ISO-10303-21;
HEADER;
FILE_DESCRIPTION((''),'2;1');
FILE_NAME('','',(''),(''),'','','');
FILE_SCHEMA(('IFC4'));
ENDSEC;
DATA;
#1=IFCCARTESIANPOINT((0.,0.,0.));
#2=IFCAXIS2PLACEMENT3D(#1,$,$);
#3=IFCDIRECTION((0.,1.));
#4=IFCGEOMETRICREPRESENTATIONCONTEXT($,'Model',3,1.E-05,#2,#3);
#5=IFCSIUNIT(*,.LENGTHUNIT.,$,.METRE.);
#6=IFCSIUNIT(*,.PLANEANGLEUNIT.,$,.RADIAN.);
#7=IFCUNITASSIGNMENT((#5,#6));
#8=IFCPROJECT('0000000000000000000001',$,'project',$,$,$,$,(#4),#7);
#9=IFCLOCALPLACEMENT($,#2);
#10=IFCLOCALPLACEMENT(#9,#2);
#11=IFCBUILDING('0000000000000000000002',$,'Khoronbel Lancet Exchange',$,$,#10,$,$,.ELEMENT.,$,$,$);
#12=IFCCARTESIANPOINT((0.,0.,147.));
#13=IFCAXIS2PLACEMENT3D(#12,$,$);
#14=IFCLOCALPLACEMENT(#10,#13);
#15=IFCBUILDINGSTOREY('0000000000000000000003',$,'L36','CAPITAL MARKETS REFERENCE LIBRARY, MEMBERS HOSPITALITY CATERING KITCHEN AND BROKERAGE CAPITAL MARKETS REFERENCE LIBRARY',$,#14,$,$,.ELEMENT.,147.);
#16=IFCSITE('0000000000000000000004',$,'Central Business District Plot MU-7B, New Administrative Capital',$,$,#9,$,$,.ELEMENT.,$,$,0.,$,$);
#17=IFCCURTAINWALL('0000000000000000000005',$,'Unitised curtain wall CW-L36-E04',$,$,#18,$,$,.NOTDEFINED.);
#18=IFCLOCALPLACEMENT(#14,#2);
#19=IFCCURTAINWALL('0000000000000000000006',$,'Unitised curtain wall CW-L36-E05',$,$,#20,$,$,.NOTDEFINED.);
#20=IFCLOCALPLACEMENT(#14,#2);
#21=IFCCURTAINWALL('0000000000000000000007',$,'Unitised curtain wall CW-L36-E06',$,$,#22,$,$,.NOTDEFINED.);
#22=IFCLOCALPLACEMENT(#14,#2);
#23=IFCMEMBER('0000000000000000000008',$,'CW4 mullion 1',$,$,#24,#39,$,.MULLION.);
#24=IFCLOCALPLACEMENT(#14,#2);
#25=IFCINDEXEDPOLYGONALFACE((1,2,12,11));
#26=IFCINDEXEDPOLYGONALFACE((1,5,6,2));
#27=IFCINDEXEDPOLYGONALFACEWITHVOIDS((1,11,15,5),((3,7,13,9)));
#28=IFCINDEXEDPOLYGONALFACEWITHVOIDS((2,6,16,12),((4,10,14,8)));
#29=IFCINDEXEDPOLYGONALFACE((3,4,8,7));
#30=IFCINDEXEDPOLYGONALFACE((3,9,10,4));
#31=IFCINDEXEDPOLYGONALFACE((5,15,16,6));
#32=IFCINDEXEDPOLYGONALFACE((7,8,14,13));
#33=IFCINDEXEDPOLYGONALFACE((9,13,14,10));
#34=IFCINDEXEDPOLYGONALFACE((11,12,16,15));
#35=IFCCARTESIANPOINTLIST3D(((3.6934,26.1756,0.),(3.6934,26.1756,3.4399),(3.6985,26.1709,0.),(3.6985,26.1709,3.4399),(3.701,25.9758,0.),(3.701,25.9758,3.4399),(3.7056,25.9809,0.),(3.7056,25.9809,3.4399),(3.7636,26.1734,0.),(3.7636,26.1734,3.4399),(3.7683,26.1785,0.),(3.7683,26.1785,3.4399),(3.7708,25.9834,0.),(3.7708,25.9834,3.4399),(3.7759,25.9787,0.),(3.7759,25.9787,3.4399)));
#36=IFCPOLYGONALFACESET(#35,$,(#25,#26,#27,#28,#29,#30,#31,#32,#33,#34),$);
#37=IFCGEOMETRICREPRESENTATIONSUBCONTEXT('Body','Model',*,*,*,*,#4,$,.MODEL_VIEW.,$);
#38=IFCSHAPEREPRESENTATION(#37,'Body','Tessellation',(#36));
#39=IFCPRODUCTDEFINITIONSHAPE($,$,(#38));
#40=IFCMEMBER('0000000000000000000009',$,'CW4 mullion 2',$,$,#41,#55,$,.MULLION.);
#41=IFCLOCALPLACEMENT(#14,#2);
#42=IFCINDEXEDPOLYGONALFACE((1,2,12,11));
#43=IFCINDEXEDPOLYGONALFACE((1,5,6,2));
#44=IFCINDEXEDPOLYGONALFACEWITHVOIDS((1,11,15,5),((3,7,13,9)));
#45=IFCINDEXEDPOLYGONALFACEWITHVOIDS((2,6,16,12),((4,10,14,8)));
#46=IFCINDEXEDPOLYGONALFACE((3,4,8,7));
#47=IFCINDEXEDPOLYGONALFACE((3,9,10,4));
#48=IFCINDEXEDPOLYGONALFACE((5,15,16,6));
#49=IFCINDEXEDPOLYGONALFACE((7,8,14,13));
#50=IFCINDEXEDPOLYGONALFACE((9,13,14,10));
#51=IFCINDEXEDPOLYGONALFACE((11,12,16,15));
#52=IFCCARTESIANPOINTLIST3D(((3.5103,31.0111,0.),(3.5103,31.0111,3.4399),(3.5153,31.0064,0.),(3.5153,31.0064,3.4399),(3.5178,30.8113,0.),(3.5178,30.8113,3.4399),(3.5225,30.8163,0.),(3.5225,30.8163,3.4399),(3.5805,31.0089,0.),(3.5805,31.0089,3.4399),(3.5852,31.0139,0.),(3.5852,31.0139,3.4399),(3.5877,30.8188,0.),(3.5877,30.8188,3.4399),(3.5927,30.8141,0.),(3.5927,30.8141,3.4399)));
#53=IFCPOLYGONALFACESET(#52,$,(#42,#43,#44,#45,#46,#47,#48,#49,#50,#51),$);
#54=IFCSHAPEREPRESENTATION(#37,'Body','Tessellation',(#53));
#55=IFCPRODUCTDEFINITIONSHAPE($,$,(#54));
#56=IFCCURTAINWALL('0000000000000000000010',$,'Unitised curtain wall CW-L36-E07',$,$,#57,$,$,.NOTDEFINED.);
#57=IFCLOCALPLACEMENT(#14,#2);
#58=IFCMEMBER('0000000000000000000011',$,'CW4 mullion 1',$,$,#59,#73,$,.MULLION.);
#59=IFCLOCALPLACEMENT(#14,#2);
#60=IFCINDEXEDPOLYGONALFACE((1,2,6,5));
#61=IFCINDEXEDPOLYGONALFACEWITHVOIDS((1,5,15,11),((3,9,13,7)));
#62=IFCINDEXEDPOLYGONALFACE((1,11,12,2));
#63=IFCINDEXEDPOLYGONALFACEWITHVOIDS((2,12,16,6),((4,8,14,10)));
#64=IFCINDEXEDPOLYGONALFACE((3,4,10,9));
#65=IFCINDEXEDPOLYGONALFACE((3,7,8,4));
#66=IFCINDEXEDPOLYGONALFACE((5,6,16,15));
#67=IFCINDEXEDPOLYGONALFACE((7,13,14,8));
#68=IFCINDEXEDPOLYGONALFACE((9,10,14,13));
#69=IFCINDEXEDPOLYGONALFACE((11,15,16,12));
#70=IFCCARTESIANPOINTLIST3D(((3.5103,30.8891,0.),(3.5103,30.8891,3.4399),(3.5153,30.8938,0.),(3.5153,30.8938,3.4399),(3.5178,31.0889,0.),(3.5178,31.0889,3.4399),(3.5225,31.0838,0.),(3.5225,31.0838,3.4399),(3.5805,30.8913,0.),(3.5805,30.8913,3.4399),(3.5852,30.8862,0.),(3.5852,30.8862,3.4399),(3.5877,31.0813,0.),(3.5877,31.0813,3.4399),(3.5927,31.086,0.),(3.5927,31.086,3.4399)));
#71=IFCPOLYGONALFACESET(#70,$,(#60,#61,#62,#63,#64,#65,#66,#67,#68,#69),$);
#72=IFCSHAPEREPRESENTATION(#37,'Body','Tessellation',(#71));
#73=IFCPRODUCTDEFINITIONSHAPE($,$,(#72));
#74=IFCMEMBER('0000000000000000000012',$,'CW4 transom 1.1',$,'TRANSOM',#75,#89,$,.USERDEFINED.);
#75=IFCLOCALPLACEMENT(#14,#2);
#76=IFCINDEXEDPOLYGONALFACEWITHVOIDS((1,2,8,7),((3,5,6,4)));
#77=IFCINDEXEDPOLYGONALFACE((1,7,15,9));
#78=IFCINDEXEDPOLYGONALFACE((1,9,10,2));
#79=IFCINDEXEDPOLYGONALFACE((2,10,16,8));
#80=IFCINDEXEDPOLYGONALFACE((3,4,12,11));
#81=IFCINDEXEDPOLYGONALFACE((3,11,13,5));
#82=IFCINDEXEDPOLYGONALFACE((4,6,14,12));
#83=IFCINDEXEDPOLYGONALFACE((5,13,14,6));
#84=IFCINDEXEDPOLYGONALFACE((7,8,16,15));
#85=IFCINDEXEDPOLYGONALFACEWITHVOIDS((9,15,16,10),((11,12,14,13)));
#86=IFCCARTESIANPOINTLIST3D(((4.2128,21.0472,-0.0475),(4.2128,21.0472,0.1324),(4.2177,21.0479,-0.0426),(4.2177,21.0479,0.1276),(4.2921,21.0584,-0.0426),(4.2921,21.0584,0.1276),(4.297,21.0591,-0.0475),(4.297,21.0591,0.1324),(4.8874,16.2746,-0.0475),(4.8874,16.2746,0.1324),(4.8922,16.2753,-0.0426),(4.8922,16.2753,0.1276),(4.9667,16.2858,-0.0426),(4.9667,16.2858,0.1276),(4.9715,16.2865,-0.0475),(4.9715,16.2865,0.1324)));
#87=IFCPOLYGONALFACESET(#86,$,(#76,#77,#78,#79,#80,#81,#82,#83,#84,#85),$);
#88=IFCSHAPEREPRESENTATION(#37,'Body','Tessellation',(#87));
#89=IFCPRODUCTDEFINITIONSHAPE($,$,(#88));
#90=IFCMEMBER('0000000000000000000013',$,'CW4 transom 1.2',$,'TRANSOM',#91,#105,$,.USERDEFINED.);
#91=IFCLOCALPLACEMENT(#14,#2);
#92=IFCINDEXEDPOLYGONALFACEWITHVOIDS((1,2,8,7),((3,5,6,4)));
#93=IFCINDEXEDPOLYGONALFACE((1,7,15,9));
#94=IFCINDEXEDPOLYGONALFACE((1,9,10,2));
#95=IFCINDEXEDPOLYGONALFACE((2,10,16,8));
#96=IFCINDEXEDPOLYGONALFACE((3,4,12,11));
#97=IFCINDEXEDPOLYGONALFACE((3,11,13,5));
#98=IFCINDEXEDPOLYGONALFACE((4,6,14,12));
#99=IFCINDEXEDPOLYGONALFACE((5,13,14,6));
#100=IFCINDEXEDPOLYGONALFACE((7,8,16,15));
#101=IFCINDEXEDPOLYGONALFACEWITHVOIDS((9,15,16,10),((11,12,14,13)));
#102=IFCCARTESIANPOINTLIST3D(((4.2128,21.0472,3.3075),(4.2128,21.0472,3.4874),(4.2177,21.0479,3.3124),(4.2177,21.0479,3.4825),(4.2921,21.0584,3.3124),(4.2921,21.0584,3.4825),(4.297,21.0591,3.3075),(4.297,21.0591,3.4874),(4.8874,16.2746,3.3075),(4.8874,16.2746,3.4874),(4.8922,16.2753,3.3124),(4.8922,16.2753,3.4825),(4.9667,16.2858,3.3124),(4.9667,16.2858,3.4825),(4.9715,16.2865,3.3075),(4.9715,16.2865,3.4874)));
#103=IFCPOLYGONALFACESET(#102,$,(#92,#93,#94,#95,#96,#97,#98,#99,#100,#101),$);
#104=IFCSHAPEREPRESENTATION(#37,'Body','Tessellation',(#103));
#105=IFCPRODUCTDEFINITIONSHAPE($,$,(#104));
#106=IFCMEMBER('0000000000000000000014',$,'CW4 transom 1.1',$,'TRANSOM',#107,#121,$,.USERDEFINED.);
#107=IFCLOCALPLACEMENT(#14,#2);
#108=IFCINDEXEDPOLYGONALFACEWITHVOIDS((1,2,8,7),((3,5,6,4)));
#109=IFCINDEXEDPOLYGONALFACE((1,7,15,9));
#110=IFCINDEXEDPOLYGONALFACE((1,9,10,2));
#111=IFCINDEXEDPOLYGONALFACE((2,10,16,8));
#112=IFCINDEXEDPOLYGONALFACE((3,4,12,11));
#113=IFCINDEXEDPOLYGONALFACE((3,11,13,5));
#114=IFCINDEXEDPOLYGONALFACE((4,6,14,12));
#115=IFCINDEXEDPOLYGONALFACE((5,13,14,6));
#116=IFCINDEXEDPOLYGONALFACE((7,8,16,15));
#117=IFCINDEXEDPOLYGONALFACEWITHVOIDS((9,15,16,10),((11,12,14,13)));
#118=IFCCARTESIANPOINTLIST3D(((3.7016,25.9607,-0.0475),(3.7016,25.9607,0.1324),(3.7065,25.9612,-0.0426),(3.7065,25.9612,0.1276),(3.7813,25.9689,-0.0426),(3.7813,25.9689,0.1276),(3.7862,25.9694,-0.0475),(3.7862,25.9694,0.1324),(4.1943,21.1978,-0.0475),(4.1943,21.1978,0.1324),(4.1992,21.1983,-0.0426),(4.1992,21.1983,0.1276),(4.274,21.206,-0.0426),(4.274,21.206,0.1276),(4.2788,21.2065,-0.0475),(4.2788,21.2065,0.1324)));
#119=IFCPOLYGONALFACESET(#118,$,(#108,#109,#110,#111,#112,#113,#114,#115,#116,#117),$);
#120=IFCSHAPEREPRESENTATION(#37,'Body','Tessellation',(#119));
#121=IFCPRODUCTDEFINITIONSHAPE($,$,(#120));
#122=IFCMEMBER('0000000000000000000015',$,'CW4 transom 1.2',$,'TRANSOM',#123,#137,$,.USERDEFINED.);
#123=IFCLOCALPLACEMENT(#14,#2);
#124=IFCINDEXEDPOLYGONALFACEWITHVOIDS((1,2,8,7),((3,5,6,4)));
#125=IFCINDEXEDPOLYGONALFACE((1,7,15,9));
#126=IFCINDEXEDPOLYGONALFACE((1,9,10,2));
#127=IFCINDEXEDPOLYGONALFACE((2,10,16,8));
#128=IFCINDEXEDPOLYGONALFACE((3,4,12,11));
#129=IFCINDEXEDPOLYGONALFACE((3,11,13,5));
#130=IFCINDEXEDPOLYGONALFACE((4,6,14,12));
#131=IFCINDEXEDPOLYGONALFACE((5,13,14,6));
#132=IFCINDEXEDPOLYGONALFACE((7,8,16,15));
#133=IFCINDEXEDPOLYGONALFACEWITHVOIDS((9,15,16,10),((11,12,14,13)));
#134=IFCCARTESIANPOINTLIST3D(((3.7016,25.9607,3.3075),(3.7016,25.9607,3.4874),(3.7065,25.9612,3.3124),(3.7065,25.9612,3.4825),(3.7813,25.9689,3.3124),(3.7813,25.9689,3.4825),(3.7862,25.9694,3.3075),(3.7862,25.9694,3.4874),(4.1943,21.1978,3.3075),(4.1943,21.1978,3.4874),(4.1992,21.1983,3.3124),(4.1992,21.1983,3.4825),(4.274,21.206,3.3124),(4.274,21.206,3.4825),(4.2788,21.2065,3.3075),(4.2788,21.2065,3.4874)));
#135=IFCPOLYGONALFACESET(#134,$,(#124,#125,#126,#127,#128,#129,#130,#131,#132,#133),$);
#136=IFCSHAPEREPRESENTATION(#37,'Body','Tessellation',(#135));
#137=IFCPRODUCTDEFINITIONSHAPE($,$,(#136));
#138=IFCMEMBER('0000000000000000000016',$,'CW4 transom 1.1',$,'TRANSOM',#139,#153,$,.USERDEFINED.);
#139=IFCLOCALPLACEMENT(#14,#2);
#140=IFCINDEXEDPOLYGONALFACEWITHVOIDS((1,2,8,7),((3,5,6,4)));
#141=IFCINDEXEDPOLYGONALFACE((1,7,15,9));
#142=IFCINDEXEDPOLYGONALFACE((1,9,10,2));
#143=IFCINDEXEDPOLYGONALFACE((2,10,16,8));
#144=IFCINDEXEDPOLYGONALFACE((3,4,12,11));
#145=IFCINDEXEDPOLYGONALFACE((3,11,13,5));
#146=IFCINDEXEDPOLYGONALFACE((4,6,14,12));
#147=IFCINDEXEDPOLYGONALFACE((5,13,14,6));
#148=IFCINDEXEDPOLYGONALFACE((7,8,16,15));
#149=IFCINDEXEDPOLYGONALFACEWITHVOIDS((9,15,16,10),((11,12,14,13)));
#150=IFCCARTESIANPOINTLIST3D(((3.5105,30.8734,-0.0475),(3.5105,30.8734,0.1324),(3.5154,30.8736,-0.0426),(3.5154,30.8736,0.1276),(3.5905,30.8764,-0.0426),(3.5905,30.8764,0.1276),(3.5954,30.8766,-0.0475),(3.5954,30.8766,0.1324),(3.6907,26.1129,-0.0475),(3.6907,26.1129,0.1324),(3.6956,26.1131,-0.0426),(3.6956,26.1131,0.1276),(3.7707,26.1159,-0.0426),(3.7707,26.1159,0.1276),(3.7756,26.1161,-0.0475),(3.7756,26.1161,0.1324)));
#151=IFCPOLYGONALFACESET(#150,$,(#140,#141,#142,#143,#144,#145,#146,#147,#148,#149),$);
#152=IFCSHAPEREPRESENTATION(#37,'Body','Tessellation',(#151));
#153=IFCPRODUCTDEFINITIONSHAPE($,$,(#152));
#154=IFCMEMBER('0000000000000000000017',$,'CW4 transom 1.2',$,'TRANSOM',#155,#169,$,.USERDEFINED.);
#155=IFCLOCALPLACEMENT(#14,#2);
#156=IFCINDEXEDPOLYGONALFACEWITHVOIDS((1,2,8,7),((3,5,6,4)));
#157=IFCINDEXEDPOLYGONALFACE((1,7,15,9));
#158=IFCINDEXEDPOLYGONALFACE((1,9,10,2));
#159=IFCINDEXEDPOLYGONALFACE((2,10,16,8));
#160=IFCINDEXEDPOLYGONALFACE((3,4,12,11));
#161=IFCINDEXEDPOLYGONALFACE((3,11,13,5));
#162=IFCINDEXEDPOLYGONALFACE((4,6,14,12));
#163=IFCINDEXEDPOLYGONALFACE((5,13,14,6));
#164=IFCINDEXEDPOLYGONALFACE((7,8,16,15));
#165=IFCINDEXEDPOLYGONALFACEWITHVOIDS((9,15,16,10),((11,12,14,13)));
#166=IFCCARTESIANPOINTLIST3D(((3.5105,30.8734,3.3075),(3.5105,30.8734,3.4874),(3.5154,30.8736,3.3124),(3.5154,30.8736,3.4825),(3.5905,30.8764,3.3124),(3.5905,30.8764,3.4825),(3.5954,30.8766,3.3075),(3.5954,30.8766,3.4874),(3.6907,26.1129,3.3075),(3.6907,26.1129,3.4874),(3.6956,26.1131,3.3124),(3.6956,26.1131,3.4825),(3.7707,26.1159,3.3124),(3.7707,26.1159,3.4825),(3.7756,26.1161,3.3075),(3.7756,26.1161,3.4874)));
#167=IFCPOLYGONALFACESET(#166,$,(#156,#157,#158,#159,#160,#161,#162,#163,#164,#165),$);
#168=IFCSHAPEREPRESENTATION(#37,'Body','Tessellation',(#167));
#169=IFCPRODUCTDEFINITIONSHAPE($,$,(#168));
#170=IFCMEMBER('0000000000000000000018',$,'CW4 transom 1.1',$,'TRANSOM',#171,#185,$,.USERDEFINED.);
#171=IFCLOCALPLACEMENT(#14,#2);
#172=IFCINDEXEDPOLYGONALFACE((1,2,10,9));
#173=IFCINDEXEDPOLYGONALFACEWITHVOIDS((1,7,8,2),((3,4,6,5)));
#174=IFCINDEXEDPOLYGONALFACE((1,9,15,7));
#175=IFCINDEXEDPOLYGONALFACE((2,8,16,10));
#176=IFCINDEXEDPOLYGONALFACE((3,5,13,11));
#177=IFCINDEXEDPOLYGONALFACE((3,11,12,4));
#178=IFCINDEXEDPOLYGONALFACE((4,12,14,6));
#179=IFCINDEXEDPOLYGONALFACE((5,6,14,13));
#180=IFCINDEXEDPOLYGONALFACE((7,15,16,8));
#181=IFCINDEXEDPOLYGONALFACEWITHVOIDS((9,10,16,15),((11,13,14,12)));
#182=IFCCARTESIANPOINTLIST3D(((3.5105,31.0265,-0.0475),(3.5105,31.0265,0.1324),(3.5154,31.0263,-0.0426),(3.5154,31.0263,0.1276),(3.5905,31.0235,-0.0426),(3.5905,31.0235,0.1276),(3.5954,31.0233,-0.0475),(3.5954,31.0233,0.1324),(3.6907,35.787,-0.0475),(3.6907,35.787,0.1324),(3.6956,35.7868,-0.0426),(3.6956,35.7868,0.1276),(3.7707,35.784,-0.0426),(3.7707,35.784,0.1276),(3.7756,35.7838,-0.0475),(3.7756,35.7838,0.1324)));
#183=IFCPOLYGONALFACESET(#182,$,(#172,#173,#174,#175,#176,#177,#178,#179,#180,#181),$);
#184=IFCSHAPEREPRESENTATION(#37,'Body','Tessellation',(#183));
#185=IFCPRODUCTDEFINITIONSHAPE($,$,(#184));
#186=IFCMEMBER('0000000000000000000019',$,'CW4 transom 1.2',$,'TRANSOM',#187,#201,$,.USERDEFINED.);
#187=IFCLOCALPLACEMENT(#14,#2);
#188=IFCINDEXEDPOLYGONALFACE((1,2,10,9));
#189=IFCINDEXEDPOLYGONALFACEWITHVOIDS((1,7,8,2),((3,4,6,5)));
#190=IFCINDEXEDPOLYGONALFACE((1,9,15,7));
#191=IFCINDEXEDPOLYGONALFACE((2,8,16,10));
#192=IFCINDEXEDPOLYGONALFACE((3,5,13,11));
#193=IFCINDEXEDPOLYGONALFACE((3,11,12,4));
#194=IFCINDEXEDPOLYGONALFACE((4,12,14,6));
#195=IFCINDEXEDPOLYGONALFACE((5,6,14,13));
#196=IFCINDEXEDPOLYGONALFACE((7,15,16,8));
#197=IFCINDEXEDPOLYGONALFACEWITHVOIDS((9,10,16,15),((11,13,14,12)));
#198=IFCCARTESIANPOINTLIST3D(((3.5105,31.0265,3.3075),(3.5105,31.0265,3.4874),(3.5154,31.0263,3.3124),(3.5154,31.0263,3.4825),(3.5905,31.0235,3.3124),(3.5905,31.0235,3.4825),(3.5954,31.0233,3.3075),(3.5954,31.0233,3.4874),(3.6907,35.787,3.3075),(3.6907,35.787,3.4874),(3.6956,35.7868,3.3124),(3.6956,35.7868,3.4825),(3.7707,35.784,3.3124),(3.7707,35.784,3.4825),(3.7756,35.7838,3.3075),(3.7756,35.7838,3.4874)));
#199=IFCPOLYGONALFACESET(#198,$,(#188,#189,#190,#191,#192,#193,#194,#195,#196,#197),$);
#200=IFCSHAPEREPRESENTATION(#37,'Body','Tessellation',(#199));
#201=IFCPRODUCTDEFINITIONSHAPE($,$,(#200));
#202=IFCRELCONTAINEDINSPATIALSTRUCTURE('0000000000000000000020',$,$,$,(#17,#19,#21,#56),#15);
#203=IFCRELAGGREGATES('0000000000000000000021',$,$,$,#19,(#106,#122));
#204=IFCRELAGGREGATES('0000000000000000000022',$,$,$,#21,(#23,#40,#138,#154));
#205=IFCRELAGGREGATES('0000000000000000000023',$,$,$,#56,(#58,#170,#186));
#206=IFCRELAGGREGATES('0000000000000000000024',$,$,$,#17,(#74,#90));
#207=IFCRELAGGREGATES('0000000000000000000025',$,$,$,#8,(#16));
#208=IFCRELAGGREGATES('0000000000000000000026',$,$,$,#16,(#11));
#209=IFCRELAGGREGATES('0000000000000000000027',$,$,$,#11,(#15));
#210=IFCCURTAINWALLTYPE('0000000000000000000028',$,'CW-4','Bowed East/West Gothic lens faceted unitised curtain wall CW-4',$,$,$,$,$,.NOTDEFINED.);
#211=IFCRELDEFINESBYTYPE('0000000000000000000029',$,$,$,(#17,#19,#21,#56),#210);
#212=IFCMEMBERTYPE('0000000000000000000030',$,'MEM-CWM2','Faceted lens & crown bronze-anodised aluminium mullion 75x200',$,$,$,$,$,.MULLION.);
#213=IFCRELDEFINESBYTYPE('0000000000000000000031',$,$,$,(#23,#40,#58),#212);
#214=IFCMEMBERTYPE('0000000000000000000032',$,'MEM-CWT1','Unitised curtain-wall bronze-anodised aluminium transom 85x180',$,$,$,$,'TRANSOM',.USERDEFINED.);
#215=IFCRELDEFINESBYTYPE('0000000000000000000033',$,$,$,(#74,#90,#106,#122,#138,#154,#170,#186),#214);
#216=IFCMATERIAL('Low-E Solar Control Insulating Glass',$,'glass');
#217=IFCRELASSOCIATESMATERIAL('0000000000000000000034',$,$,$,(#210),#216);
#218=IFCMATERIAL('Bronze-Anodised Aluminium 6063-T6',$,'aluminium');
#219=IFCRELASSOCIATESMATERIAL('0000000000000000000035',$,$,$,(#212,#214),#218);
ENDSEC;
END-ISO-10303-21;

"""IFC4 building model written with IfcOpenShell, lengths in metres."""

from ifc_helpers import new_model, si_unit, direction, frame, origin, origin_2d, place, context, subcontext, project, spatial, hollow_rectangle, extrude, material, material_profile, profile_set, type_object, element, aggregate, save


model = new_model("IFC4")

# Units and contexts
model_context = context("Model", 3, precision=1e-05, world=origin(), true_north=direction((0.0, 1.0)))
body_context = subcontext(model_context, "Body", "Model", "MODEL_VIEW")
ifc_project = project(units=[si_unit("LENGTHUNIT", "METRE"), si_unit("PLANEANGLEUNIT", "RADIAN")], contexts=[model_context])

# Site, building, storey
site_placement = place(None, origin())
site = spatial("IfcSite", under=ifc_project, at=site_placement, Name="Central Business District Plot MU-7B, New Administrative Capital", CompositionType="ELEMENT", RefElevation=0.0)
building_placement = place(site_placement, origin())
building = spatial("IfcBuilding", under=site, at=building_placement, Name="Khoronbel Lancet Exchange", CompositionType="ELEMENT")
storey_placement = place(building_placement, frame((0.0, 0.0, 147.0)))
storey = spatial("IfcBuildingStorey", under=building, at=storey_placement, Name="L36", Description="CAPITAL MARKETS REFERENCE LIBRARY, MEMBERS HOSPITALITY CATERING KITCHEN AND BROKERAGE CAPITAL MARKETS REFERENCE LIBRARY", CompositionType="ELEMENT", Elevation=147.0)

# Curtain walls, members
ifc_material_1 = material(Name="Low-E Solar Control Insulating Glass", Category="glass")
curtain_wall_type = type_object("IfcCurtainWallType", Name="CW-4", Description="Bowed East/West Gothic lens faceted unitised curtain wall CW-4", PredefinedType="NOTDEFINED", material=ifc_material_1)
curtain_wall_1_placement = place(storey_placement, origin())
curtain_wall_1 = element("IfcCurtainWall", 1, at=curtain_wall_1_placement, inside=storey, type_object=curtain_wall_type, Name="Unitised curtain wall CW-L36-E04", PredefinedType="NOTDEFINED")
ifc_material_2 = material(Name="Bronze-Anodised Aluminium 6063-T6", Category="aluminium")
ifc_material_profile_1 = material_profile(ifc_material_2, hollow_rectangle(XDim=0.075, YDim=0.2, WallThickness=0.0049, at=origin_2d()), Name="ALU MULLION 75x200")
ifc_profile_set_1 = profile_set([ifc_material_profile_1], Name="Bronze-Anodised Aluminium 6063-T6")
member_type_1 = type_object("IfcMemberType", Name="MEM-CWM2", Description="Faceted lens & crown bronze-anodised aluminium mullion 75x200", PredefinedType="MULLION", material=ifc_profile_set_1)
curtain_wall_2_placement = place(storey_placement, origin())
curtain_wall_2 = element("IfcCurtainWall", 2, at=curtain_wall_2_placement, inside=storey, type_object=curtain_wall_type, Name="Unitised curtain wall CW-L36-E05", PredefinedType="NOTDEFINED")
curtain_wall_3_placement = place(storey_placement, origin())
curtain_wall_3 = element("IfcCurtainWall", 3, at=curtain_wall_3_placement, inside=storey, type_object=curtain_wall_type, Name="Unitised curtain wall CW-L36-E06", PredefinedType="NOTDEFINED")
member_1_placement = place(storey_placement, frame((3.7346, 26.0771, 0.0), z_axis=(0.0, 0.0, 1.0), x_axis=(-0.999284, -0.037831, 0.0)))
member_1 = element("IfcMember", 4, at=member_1_placement, type_object=member_type_1, Name="CW4 mullion 1", PredefinedType="MULLION", context=body_context, shape_type="SweptSolid", body=[
    extrude(hollow_rectangle(XDim=0.075, YDim=0.2, WallThickness=0.0049, at=origin_2d()), origin(), (0.0, 0.0, 1.0), 3.4399),
])
member_2_placement = place(storey_placement, frame((3.5515, 30.9126, 0.0), z_axis=(0.0, 0.0, 1.0), x_axis=(-0.999284, -0.037831, 0.0)))
member_2 = element("IfcMember", 5, at=member_2_placement, type_object=member_type_1, Name="CW4 mullion 2", PredefinedType="MULLION", context=body_context, shape_type="SweptSolid", body=[
    extrude(hollow_rectangle(XDim=0.075, YDim=0.2, WallThickness=0.0049, at=origin_2d()), origin(), (0.0, 0.0, 1.0), 3.4399),
])

# Curtain wall, member
curtain_wall_4_placement = place(storey_placement, origin())
curtain_wall_4 = element("IfcCurtainWall", 6, at=curtain_wall_4_placement, inside=storey, type_object=curtain_wall_type, Name="Unitised curtain wall CW-L36-E07", PredefinedType="NOTDEFINED")
member_3_placement = place(storey_placement, frame((3.5515, 30.9875, 0.0), z_axis=(0.0, 0.0, 1.0), x_axis=(-0.999284, 0.037831, 0.0)))
member_3 = element("IfcMember", 7, at=member_3_placement, type_object=member_type_1, Name="CW4 mullion 1", PredefinedType="MULLION", context=body_context, shape_type="SweptSolid", body=[
    extrude(hollow_rectangle(XDim=0.075, YDim=0.2, WallThickness=0.0049, at=origin_2d()), origin(), (0.0, 0.0, 1.0), 3.4399),
])

# Members
ifc_material_profile_2 = material_profile(ifc_material_2, hollow_rectangle(XDim=0.085, YDim=0.1799, WallThickness=0.0049, at=origin_2d()), Name="ALU TRANSOM 85x180")
ifc_profile_set_2 = profile_set([ifc_material_profile_2], Name="Bronze-Anodised Aluminium 6063-T6")
member_type_2 = type_object("IfcMemberType", Name="MEM-CWT1", Description="Unitised curtain-wall bronze-anodised aluminium transom 85x180", ElementType="TRANSOM", PredefinedType="USERDEFINED", material=ifc_profile_set_2)
member_4_placement = place(storey_placement, frame((4.9294, 16.2805, 0.0425), z_axis=(-0.139946, 0.990159, 0.0), x_axis=(-0.990159, -0.139946, 0.0)))
member_4 = element("IfcMember", 8, at=member_4_placement, type_object=member_type_2, Name="CW4 transom 1.1", ObjectType="TRANSOM", PredefinedType="USERDEFINED", context=body_context, shape_type="SweptSolid", body=[
    extrude(hollow_rectangle(XDim=0.085, YDim=0.1799, WallThickness=0.0049, at=origin_2d()), origin(), (0.0, 0.0, 1.0), 4.8201),
])
member_5_placement = place(storey_placement, frame((4.9294, 16.2805, 3.3975), z_axis=(-0.139946, 0.990159, 0.0), x_axis=(-0.990159, -0.139946, 0.0)))
member_5 = element("IfcMember", 9, at=member_5_placement, type_object=member_type_2, Name="CW4 transom 1.2", ObjectType="TRANSOM", PredefinedType="USERDEFINED", context=body_context, shape_type="SweptSolid", body=[
    extrude(hollow_rectangle(XDim=0.085, YDim=0.1799, WallThickness=0.0049, at=origin_2d()), origin(), (0.0, 0.0, 1.0), 4.8201),
])
member_6_placement = place(storey_placement, frame((4.2366, 21.2021, 0.0425), z_axis=(-0.10289, 0.994693, 0.0), x_axis=(-0.994693, -0.10289, 0.0)))
member_6 = element("IfcMember", 10, at=member_6_placement, type_object=member_type_2, Name="CW4 transom 1.1", ObjectType="TRANSOM", PredefinedType="USERDEFINED", context=body_context, shape_type="SweptSolid", body=[
    extrude(hollow_rectangle(XDim=0.085, YDim=0.1799, WallThickness=0.0049, at=origin_2d()), origin(), (0.0, 0.0, 1.0), 4.7883),
])
member_7_placement = place(storey_placement, frame((4.2366, 21.2021, 3.3975), z_axis=(-0.10289, 0.994693, 0.0), x_axis=(-0.994693, -0.10289, 0.0)))
member_7 = element("IfcMember", 11, at=member_7_placement, type_object=member_type_2, Name="CW4 transom 1.2", ObjectType="TRANSOM", PredefinedType="USERDEFINED", context=body_context, shape_type="SweptSolid", body=[
    extrude(hollow_rectangle(XDim=0.085, YDim=0.1799, WallThickness=0.0049, at=origin_2d()), origin(), (0.0, 0.0, 1.0), 4.7883),
])
member_8_placement = place(storey_placement, frame((3.7332, 26.1145, 0.0425), z_axis=(-0.037821, 0.999285, 0.0), x_axis=(-0.999285, -0.037821, 0.0)))
member_8 = element("IfcMember", 12, at=member_8_placement, type_object=member_type_2, Name="CW4 transom 1.1", ObjectType="TRANSOM", PredefinedType="USERDEFINED", context=body_context, shape_type="SweptSolid", body=[
    extrude(hollow_rectangle(XDim=0.085, YDim=0.1799, WallThickness=0.0049, at=origin_2d()), origin(), (0.0, 0.0, 1.0), 4.7639),
])
member_9_placement = place(storey_placement, frame((3.7332, 26.1145, 3.3975), z_axis=(-0.037821, 0.999285, 0.0), x_axis=(-0.999285, -0.037821, 0.0)))
member_9 = element("IfcMember", 13, at=member_9_placement, type_object=member_type_2, Name="CW4 transom 1.2", ObjectType="TRANSOM", PredefinedType="USERDEFINED", context=body_context, shape_type="SweptSolid", body=[
    extrude(hollow_rectangle(XDim=0.085, YDim=0.1799, WallThickness=0.0049, at=origin_2d()), origin(), (0.0, 0.0, 1.0), 4.7639),
])
member_10_placement = place(storey_placement, frame((3.553, 31.0249, 0.0425), z_axis=(0.037821, 0.999285, 0.0), x_axis=(-0.999285, 0.037821, 0.0)))
member_10 = element("IfcMember", 14, at=member_10_placement, type_object=member_type_2, Name="CW4 transom 1.1", ObjectType="TRANSOM", PredefinedType="USERDEFINED", context=body_context, shape_type="SweptSolid", body=[
    extrude(hollow_rectangle(XDim=0.085, YDim=0.1799, WallThickness=0.0049, at=origin_2d()), origin(), (0.0, 0.0, 1.0), 4.7639),
])
member_11_placement = place(storey_placement, frame((3.553, 31.0249, 3.3975), z_axis=(0.037821, 0.999285, 0.0), x_axis=(-0.999285, 0.037821, 0.0)))
member_11 = element("IfcMember", 15, at=member_11_placement, type_object=member_type_2, Name="CW4 transom 1.2", ObjectType="TRANSOM", PredefinedType="USERDEFINED", context=body_context, shape_type="SweptSolid", body=[
    extrude(hollow_rectangle(XDim=0.085, YDim=0.1799, WallThickness=0.0049, at=origin_2d()), origin(), (0.0, 0.0, 1.0), 4.7639),
])

aggregate(curtain_wall_2, [member_6, member_7])
aggregate(curtain_wall_3, [member_1, member_2, member_8, member_9])
aggregate(curtain_wall_4, [member_3, member_10, member_11])
aggregate(curtain_wall_1, [member_4, member_5])

save(model, "model.ifc")
